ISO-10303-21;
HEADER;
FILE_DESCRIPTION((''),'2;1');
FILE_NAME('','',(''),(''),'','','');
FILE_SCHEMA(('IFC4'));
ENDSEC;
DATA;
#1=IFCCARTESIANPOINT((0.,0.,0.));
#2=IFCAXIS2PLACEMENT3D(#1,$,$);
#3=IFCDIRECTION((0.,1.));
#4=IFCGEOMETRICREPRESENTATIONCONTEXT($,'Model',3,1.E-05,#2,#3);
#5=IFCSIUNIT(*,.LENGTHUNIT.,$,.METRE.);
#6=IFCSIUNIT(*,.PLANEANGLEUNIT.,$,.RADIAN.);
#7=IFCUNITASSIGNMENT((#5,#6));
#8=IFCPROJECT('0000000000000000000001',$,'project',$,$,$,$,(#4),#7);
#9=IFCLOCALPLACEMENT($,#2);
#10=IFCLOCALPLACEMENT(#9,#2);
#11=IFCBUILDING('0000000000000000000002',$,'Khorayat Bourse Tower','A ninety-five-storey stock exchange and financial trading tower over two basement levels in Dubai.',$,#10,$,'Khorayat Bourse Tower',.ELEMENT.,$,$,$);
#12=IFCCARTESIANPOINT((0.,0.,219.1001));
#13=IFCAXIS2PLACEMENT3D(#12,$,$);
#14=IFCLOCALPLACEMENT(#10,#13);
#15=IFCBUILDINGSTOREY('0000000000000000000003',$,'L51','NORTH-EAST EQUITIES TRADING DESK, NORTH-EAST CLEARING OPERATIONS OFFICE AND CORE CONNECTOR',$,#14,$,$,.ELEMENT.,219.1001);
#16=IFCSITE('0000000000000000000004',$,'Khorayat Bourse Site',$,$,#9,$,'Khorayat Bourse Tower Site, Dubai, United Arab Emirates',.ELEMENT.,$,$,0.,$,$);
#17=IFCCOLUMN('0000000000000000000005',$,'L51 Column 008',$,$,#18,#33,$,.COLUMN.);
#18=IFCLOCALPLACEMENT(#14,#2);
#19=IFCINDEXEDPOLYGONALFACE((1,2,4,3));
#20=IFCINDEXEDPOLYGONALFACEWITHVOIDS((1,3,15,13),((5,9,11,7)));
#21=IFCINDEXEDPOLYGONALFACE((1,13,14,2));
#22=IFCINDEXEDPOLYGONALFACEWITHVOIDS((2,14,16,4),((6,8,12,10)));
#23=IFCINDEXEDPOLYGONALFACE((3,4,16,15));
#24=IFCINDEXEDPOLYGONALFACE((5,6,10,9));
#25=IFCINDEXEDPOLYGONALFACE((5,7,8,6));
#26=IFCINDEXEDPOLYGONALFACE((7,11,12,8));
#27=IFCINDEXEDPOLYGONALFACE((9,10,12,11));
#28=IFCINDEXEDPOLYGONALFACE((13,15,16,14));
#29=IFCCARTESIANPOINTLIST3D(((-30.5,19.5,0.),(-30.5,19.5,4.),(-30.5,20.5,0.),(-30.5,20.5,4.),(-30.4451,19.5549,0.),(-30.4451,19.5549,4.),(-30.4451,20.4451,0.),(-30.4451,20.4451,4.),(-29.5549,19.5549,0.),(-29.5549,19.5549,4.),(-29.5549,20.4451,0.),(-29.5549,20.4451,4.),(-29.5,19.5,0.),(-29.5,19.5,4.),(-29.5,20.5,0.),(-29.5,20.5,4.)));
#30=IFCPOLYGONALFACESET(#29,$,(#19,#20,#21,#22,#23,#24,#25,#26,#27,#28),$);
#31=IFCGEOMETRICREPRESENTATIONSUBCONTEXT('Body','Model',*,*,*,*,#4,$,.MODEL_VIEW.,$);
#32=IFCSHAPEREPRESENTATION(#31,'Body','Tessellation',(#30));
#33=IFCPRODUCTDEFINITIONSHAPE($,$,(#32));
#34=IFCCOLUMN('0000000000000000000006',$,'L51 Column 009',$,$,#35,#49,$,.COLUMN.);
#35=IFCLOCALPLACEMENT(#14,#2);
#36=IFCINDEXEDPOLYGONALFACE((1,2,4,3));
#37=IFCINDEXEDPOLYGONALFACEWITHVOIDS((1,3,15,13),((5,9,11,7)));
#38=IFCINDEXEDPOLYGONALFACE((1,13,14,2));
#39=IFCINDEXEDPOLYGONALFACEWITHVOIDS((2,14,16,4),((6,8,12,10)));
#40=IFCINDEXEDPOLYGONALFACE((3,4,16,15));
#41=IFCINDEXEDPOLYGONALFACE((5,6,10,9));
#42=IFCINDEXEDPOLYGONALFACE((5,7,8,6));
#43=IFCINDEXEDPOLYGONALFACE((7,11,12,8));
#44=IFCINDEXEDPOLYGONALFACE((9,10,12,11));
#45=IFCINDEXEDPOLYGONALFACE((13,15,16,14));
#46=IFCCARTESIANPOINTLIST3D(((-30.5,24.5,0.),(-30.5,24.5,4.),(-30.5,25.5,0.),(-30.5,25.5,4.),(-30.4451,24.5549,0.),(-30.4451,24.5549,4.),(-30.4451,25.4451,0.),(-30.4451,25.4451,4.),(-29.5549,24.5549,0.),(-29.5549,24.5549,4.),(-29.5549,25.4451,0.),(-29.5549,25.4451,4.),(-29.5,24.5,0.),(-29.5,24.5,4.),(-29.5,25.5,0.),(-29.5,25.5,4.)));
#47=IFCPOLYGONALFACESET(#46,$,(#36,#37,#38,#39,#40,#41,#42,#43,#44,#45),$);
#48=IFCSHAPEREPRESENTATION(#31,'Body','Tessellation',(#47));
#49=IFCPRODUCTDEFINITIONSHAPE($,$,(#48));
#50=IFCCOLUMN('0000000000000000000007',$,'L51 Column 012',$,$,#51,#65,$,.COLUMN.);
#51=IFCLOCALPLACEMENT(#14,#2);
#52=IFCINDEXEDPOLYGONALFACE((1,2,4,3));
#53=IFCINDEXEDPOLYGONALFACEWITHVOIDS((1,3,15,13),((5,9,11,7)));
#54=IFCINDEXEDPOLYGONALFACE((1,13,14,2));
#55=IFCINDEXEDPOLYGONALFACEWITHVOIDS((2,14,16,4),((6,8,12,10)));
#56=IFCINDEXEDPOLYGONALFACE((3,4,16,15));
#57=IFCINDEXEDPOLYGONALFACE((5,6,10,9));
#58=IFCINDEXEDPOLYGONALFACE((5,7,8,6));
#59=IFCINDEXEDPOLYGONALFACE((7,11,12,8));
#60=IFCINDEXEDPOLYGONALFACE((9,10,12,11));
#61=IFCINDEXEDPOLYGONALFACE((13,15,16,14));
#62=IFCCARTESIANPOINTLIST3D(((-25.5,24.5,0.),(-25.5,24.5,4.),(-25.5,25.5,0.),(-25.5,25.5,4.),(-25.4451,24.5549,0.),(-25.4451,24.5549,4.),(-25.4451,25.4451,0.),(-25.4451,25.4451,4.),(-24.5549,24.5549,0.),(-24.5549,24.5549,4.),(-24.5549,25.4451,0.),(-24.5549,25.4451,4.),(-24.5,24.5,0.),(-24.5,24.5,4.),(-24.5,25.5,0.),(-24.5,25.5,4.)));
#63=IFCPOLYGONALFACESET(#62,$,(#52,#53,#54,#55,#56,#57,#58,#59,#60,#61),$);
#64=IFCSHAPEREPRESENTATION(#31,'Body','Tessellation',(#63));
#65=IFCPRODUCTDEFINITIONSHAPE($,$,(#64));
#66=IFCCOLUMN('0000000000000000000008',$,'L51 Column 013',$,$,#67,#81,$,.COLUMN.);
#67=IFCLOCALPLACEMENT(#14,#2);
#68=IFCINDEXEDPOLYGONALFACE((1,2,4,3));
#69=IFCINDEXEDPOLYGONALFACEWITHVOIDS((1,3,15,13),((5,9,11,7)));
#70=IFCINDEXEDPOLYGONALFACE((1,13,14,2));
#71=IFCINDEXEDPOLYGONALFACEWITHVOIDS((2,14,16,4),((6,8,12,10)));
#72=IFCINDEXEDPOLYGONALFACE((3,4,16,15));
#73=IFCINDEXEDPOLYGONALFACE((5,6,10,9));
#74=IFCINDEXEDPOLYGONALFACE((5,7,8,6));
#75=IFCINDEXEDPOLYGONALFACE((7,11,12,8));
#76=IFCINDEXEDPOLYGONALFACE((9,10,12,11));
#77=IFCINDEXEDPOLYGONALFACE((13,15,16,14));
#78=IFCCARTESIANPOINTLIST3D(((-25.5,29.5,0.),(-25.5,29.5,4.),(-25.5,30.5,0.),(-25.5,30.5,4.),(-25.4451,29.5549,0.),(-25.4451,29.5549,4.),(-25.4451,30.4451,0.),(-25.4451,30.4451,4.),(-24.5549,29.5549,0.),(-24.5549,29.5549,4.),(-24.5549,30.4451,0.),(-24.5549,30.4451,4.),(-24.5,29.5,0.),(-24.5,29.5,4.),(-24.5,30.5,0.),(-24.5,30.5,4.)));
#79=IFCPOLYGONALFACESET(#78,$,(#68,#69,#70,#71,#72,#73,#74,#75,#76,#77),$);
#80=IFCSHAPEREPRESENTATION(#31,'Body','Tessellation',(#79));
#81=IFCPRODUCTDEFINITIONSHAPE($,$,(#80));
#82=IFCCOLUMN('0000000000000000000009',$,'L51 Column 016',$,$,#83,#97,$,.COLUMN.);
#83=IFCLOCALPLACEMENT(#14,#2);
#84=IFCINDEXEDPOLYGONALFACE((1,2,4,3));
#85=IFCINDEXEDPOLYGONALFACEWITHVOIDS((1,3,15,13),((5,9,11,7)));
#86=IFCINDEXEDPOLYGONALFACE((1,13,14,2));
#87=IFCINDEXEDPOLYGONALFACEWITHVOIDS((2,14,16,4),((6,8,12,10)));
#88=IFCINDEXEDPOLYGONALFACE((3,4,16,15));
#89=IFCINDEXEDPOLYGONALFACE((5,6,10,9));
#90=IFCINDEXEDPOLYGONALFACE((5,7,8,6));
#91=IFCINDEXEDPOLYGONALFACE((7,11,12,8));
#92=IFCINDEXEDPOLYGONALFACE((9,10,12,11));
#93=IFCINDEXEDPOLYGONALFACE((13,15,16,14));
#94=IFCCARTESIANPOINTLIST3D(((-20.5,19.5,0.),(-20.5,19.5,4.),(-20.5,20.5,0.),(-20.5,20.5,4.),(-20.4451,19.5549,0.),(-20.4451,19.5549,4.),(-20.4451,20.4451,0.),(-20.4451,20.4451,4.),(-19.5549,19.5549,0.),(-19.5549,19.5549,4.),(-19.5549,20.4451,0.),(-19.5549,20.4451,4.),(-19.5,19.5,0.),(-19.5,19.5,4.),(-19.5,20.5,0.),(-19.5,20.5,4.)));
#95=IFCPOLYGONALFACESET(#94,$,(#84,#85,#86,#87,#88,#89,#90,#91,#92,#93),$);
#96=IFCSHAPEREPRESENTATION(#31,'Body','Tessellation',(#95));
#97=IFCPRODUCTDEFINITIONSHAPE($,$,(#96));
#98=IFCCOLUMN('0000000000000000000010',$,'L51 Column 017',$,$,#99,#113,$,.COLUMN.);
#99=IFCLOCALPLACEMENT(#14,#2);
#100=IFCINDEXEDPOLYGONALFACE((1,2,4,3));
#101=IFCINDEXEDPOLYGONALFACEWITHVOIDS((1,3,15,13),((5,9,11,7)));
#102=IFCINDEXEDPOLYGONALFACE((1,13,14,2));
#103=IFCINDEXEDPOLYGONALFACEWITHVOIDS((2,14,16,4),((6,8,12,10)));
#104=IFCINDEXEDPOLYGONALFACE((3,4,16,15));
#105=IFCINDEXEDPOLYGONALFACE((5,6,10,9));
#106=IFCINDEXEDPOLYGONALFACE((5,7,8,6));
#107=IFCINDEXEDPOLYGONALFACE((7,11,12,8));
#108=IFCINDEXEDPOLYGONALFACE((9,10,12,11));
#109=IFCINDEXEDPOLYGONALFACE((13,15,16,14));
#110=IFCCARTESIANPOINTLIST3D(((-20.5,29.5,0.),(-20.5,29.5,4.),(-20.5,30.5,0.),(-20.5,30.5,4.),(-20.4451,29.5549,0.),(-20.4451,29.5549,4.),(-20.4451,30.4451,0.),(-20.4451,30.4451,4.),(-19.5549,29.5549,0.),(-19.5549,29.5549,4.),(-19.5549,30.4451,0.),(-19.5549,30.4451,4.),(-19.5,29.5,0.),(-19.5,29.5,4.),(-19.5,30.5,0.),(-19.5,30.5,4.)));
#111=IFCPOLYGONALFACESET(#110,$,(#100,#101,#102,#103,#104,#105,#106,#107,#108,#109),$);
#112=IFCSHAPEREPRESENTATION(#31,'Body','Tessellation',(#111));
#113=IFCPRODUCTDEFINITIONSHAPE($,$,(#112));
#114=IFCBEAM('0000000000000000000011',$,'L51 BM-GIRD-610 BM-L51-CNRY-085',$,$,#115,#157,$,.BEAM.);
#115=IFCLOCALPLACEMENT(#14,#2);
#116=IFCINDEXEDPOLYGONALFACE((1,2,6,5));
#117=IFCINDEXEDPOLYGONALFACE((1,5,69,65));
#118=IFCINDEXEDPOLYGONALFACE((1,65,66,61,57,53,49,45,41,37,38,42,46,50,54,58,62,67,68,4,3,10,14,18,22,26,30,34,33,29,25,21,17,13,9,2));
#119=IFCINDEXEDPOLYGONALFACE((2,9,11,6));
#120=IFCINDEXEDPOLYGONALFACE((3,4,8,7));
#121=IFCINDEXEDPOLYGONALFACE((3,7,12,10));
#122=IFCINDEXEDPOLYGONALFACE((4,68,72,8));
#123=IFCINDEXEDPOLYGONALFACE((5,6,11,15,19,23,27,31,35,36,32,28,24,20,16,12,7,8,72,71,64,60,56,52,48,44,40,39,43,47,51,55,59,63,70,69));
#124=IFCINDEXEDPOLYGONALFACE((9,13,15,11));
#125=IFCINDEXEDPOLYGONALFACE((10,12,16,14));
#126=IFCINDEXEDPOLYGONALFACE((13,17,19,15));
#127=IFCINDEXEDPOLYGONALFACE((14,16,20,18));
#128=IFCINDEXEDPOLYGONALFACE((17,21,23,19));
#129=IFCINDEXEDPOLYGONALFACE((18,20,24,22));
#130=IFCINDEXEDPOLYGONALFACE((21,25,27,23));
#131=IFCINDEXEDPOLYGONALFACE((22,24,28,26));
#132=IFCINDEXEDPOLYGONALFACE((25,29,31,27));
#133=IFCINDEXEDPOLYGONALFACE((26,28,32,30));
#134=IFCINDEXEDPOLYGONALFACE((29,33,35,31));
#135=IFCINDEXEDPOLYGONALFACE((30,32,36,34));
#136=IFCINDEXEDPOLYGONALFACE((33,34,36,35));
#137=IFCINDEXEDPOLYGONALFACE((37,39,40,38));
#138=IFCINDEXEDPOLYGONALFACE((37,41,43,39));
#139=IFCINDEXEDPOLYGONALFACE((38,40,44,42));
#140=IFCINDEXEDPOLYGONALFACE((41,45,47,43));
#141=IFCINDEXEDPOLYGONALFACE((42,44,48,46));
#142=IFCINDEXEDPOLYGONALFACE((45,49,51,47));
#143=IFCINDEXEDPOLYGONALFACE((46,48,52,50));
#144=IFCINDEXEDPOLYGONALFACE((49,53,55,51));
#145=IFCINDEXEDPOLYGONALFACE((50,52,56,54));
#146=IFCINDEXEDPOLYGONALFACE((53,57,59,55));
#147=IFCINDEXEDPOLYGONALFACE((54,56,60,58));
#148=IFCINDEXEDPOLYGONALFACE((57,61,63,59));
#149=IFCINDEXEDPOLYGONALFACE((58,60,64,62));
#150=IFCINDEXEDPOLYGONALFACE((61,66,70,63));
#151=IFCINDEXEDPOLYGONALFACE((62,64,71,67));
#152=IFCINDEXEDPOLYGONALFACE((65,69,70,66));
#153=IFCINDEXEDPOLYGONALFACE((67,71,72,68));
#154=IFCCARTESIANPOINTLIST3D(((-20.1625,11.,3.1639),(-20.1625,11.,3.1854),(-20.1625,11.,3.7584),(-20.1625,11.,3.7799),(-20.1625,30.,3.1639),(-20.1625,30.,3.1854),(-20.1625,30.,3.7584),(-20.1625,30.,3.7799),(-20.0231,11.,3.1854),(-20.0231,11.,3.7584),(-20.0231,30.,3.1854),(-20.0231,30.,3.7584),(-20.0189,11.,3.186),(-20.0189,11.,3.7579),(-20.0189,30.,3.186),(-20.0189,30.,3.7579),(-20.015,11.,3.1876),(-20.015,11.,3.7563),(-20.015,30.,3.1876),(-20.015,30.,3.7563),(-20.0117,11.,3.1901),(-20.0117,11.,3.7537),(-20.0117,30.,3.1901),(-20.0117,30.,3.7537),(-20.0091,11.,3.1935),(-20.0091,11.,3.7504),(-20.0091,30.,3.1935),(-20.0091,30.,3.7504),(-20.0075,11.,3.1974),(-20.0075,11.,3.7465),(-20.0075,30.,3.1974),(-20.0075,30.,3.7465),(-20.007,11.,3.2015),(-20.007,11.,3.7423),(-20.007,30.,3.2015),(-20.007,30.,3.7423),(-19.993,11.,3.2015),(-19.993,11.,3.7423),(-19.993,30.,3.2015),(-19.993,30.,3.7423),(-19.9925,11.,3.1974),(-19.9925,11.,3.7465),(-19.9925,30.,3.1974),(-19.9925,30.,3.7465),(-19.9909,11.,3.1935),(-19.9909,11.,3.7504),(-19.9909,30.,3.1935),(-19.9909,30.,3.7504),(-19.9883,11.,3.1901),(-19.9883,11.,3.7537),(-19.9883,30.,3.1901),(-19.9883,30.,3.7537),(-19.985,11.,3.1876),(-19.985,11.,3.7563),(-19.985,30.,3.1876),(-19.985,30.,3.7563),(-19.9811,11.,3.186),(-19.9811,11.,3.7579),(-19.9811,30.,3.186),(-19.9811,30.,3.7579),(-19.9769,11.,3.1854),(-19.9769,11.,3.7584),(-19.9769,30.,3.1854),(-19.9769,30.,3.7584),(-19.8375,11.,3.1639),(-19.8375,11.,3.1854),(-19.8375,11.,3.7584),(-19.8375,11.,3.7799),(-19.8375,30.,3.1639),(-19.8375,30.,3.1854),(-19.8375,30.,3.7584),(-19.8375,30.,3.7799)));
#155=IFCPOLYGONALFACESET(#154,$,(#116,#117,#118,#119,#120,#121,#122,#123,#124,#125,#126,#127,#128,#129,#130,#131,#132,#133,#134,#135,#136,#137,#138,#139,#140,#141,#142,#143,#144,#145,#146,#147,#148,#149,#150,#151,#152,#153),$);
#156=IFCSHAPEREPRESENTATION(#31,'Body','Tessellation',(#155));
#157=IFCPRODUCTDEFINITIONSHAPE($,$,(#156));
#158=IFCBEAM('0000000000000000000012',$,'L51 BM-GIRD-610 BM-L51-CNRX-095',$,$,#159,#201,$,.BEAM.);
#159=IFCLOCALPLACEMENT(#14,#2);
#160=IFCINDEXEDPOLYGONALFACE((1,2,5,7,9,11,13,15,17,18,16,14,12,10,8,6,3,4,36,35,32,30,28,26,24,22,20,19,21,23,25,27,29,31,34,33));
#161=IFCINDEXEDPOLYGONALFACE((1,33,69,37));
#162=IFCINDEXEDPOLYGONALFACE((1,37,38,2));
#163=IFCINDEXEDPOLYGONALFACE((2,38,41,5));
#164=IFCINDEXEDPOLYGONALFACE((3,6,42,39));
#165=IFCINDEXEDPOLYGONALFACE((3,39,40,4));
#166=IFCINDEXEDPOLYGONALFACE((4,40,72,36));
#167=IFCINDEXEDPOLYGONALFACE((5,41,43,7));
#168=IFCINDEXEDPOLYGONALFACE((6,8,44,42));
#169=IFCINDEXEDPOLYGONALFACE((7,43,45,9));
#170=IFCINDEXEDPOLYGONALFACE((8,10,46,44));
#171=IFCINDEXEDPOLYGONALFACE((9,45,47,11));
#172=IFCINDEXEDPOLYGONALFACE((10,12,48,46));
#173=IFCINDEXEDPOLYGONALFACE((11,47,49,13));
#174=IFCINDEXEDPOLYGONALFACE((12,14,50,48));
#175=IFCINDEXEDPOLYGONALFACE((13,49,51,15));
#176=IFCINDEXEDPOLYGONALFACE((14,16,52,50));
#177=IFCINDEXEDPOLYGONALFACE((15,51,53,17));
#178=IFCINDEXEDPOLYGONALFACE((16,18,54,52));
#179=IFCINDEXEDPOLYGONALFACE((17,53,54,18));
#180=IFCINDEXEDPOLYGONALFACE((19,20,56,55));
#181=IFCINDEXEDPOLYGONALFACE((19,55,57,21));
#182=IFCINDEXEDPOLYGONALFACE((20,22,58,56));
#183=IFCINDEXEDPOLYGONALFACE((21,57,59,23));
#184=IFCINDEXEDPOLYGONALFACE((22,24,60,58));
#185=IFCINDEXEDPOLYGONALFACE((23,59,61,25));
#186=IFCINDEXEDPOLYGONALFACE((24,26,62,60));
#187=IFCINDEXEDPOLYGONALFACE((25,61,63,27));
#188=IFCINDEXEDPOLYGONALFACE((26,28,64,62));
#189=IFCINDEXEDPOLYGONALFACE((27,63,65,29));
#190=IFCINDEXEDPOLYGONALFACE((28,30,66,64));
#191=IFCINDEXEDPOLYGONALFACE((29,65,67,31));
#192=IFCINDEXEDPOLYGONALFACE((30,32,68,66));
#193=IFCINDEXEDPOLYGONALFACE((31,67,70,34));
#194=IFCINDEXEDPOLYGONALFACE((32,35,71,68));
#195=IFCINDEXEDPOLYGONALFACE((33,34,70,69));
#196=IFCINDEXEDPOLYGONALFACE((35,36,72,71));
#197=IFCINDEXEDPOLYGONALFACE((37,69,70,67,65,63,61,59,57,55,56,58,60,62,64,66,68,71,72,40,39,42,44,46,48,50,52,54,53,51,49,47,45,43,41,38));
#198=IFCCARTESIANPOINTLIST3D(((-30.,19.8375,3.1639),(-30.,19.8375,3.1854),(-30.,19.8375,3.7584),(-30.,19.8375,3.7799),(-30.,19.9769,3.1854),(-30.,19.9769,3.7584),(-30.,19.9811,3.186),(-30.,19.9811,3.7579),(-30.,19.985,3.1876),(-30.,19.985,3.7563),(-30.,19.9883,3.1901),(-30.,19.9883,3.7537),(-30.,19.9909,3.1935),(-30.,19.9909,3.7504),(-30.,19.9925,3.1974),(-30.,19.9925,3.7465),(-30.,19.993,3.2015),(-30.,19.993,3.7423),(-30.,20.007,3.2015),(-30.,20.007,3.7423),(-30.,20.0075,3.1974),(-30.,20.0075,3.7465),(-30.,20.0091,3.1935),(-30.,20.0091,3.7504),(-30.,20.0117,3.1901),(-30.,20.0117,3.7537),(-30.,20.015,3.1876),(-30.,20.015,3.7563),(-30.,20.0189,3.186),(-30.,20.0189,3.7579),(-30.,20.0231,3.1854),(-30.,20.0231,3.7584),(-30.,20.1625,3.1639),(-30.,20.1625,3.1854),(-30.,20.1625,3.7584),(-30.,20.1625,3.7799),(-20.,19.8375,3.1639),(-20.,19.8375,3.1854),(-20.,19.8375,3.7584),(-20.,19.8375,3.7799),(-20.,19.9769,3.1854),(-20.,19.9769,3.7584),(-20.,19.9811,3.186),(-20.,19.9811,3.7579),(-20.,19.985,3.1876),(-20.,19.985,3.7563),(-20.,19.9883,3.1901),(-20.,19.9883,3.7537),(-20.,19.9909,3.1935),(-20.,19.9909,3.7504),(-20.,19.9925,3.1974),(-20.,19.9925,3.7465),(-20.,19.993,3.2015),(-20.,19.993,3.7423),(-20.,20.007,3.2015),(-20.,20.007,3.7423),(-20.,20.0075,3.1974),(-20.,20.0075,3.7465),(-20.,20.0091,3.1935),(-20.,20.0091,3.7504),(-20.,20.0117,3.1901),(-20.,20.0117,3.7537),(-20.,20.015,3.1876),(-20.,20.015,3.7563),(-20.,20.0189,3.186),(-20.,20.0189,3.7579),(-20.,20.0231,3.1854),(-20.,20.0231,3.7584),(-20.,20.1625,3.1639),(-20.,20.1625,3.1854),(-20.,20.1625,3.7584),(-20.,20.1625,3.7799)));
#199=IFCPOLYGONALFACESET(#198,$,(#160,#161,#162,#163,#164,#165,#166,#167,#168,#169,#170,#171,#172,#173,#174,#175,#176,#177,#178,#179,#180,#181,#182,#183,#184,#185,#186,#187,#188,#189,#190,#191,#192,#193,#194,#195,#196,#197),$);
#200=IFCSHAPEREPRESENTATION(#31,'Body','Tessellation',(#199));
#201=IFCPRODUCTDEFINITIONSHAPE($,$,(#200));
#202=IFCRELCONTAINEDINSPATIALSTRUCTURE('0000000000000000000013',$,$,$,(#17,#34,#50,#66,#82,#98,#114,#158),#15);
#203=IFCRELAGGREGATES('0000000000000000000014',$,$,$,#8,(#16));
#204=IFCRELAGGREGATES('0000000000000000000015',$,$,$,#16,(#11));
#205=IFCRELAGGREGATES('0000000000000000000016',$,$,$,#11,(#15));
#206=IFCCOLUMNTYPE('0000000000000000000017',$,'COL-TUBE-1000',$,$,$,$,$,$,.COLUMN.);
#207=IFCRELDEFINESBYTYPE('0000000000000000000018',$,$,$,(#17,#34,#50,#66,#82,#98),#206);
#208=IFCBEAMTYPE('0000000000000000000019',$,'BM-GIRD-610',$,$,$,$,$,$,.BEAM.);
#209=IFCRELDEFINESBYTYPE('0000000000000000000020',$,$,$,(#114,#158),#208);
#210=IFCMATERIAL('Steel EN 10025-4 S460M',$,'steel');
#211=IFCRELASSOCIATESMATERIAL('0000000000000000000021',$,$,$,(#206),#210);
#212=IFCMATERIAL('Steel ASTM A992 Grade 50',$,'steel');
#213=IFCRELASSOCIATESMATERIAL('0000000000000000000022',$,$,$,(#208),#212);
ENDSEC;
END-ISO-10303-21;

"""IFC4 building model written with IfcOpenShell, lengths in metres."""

from ifc_helpers import new_model, si_unit, direction, frame, origin, origin_2d, place, context, subcontext, project, spatial, hollow_rectangle, i_section, extrude, source, transform, mapped, material, material_profile, profile_set, type_object, element, save


model = new_model("IFC4")

# Units and contexts
model_context = context("Model", 3, precision=1e-05, world=origin(), true_north=direction((0.0, 1.0)))
body_context = subcontext(model_context, "Body", "Model", "MODEL_VIEW")
ifc_project = project(units=[si_unit("LENGTHUNIT", "METRE"), si_unit("PLANEANGLEUNIT", "RADIAN")], contexts=[model_context])

# Site, building, storey
site_placement = place(None, origin())
site = spatial("IfcSite", under=ifc_project, at=site_placement, Name="Khorayat Bourse Site", LongName="Khorayat Bourse Tower Site, Dubai, United Arab Emirates", CompositionType="ELEMENT", RefElevation=0.0)
building_placement = place(site_placement, origin())
building = spatial("IfcBuilding", under=site, at=building_placement, Name="Khorayat Bourse Tower", Description="A ninety-five-storey stock exchange and financial trading tower over two basement levels in Dubai.", LongName="Khorayat Bourse Tower", CompositionType="ELEMENT")
storey_placement = place(building_placement, frame((0.0, 0.0, 219.1001)))
storey = spatial("IfcBuildingStorey", under=building, at=storey_placement, Name="L51", Description="NORTH-EAST EQUITIES TRADING DESK, NORTH-EAST CLEARING OPERATIONS OFFICE AND CORE CONNECTOR", CompositionType="ELEMENT", Elevation=219.1001)

# Columns
ifc_material_1 = material(Name="Steel EN 10025-4 S460M", Category="steel")
ifc_material_profile_1 = material_profile(ifc_material_1, hollow_rectangle(XDim=1.0, YDim=1.0, WallThickness=0.0549, at=origin_2d()), Name="BOX 1000x1000x55")
ifc_profile_set_1 = profile_set([ifc_material_profile_1], Name="Steel EN 10025-4 S460M")
column_type = type_object("IfcColumnType", Name="COL-TUBE-1000", PredefinedType="COLUMN", material=ifc_profile_set_1)
shared_shape_1 = source(origin(), body_context, "Body", "SweptSolid", [
    extrude(hollow_rectangle(XDim=1.0, YDim=1.0, WallThickness=0.0549, at=origin_2d()), origin(), (0.0, 0.0, 1.0), 4.0),
])
for number, where, z_axis, x_axis, name in (
    (1, (-30.0, 20.0, 0.0), (0.0, 0.0, 1.0), (1.0, 0.0, 0.0), "L51 Column 008"),
    (2, (-30.0, 25.0, 0.0), (0.0, 0.0, 1.0), (1.0, 0.0, 0.0), "L51 Column 009"),
    (3, (-25.0, 25.0, 0.0), (0.0, 0.0, 1.0), (1.0, 0.0, 0.0), "L51 Column 012"),
    (4, (-25.0, 30.0, 0.0), (0.0, 0.0, 1.0), (1.0, 0.0, 0.0), "L51 Column 013"),
    (5, (-20.0, 20.0, 0.0), (0.0, 0.0, 1.0), (1.0, 0.0, 0.0), "L51 Column 016"),
    (6, (-20.0, 30.0, 0.0), (0.0, 0.0, 1.0), (1.0, 0.0, 0.0), "L51 Column 017"),
):
    element("IfcColumn", number, at=place(storey_placement, frame(where, z_axis=z_axis, x_axis=x_axis)), inside=storey, type_object=column_type, Name=name, PredefinedType="COLUMN", context=body_context, shape_type="MappedRepresentation", body=[
        mapped(shared_shape_1, transform((0.0, 0.0, 0.0), scale=1.0)),
    ])

# Beams
ifc_material_2 = material(Name="Steel ASTM A992 Grade 50", Category="steel")
ifc_material_profile_2 = material_profile(ifc_material_2, i_section(OverallWidth=0.325, OverallDepth=0.616, WebThickness=0.0139, FlangeThickness=0.0215, FilletRadius=0.0161, at=origin_2d()), Name="W610X174")
ifc_profile_set_2 = profile_set([ifc_material_profile_2], Name="Steel ASTM A992 Grade 50")
beam_type_1 = type_object("IfcBeamType", Name="BM-GIRD-610", PredefinedType="BEAM", material=ifc_profile_set_2)
shared_shape_2 = source(origin(), body_context, "Body", "SweptSolid", [
    extrude(i_section(OverallWidth=0.325, OverallDepth=0.616, WebThickness=0.0139, FlangeThickness=0.0215, FilletRadius=0.0161, at=origin_2d()), origin(), (0.0, 0.0, 1.0), 19.0),
])
beam_1_placement = place(storey_placement, frame((-20.0, 11.0, 3.4719), z_axis=(0.0, 1.0, 0.0), x_axis=(-1.0, 0.0, 0.0)))
element("IfcBeam", 7, at=beam_1_placement, inside=storey, type_object=beam_type_1, Name="L51 BM-GIRD-610 BM-L51-CNRY-085", PredefinedType="BEAM", context=body_context, shape_type="MappedRepresentation", body=[
    mapped(shared_shape_2, transform((0.0, 0.0, 0.0), scale=1.0)),
])
shared_shape_3 = source(origin(), body_context, "Body", "SweptSolid", [
    extrude(i_section(OverallWidth=0.325, OverallDepth=0.616, WebThickness=0.0139, FlangeThickness=0.0215, FilletRadius=0.0161, at=origin_2d()), origin(), (0.0, 0.0, 1.0), 10.0),
])
beam_2_placement = place(storey_placement, frame((-30.0, 20.0, 3.4719), z_axis=(1.0, 0.0, 0.0), x_axis=(0.0, 1.0, 0.0)))
element("IfcBeam", 8, at=beam_2_placement, inside=storey, type_object=beam_type_1, Name="L51 BM-GIRD-610 BM-L51-CNRX-095", PredefinedType="BEAM", context=body_context, shape_type="MappedRepresentation", body=[
    mapped(shared_shape_3, transform((0.0, 0.0, 0.0), scale=1.0)),
])

save(model, "model.ifc")
